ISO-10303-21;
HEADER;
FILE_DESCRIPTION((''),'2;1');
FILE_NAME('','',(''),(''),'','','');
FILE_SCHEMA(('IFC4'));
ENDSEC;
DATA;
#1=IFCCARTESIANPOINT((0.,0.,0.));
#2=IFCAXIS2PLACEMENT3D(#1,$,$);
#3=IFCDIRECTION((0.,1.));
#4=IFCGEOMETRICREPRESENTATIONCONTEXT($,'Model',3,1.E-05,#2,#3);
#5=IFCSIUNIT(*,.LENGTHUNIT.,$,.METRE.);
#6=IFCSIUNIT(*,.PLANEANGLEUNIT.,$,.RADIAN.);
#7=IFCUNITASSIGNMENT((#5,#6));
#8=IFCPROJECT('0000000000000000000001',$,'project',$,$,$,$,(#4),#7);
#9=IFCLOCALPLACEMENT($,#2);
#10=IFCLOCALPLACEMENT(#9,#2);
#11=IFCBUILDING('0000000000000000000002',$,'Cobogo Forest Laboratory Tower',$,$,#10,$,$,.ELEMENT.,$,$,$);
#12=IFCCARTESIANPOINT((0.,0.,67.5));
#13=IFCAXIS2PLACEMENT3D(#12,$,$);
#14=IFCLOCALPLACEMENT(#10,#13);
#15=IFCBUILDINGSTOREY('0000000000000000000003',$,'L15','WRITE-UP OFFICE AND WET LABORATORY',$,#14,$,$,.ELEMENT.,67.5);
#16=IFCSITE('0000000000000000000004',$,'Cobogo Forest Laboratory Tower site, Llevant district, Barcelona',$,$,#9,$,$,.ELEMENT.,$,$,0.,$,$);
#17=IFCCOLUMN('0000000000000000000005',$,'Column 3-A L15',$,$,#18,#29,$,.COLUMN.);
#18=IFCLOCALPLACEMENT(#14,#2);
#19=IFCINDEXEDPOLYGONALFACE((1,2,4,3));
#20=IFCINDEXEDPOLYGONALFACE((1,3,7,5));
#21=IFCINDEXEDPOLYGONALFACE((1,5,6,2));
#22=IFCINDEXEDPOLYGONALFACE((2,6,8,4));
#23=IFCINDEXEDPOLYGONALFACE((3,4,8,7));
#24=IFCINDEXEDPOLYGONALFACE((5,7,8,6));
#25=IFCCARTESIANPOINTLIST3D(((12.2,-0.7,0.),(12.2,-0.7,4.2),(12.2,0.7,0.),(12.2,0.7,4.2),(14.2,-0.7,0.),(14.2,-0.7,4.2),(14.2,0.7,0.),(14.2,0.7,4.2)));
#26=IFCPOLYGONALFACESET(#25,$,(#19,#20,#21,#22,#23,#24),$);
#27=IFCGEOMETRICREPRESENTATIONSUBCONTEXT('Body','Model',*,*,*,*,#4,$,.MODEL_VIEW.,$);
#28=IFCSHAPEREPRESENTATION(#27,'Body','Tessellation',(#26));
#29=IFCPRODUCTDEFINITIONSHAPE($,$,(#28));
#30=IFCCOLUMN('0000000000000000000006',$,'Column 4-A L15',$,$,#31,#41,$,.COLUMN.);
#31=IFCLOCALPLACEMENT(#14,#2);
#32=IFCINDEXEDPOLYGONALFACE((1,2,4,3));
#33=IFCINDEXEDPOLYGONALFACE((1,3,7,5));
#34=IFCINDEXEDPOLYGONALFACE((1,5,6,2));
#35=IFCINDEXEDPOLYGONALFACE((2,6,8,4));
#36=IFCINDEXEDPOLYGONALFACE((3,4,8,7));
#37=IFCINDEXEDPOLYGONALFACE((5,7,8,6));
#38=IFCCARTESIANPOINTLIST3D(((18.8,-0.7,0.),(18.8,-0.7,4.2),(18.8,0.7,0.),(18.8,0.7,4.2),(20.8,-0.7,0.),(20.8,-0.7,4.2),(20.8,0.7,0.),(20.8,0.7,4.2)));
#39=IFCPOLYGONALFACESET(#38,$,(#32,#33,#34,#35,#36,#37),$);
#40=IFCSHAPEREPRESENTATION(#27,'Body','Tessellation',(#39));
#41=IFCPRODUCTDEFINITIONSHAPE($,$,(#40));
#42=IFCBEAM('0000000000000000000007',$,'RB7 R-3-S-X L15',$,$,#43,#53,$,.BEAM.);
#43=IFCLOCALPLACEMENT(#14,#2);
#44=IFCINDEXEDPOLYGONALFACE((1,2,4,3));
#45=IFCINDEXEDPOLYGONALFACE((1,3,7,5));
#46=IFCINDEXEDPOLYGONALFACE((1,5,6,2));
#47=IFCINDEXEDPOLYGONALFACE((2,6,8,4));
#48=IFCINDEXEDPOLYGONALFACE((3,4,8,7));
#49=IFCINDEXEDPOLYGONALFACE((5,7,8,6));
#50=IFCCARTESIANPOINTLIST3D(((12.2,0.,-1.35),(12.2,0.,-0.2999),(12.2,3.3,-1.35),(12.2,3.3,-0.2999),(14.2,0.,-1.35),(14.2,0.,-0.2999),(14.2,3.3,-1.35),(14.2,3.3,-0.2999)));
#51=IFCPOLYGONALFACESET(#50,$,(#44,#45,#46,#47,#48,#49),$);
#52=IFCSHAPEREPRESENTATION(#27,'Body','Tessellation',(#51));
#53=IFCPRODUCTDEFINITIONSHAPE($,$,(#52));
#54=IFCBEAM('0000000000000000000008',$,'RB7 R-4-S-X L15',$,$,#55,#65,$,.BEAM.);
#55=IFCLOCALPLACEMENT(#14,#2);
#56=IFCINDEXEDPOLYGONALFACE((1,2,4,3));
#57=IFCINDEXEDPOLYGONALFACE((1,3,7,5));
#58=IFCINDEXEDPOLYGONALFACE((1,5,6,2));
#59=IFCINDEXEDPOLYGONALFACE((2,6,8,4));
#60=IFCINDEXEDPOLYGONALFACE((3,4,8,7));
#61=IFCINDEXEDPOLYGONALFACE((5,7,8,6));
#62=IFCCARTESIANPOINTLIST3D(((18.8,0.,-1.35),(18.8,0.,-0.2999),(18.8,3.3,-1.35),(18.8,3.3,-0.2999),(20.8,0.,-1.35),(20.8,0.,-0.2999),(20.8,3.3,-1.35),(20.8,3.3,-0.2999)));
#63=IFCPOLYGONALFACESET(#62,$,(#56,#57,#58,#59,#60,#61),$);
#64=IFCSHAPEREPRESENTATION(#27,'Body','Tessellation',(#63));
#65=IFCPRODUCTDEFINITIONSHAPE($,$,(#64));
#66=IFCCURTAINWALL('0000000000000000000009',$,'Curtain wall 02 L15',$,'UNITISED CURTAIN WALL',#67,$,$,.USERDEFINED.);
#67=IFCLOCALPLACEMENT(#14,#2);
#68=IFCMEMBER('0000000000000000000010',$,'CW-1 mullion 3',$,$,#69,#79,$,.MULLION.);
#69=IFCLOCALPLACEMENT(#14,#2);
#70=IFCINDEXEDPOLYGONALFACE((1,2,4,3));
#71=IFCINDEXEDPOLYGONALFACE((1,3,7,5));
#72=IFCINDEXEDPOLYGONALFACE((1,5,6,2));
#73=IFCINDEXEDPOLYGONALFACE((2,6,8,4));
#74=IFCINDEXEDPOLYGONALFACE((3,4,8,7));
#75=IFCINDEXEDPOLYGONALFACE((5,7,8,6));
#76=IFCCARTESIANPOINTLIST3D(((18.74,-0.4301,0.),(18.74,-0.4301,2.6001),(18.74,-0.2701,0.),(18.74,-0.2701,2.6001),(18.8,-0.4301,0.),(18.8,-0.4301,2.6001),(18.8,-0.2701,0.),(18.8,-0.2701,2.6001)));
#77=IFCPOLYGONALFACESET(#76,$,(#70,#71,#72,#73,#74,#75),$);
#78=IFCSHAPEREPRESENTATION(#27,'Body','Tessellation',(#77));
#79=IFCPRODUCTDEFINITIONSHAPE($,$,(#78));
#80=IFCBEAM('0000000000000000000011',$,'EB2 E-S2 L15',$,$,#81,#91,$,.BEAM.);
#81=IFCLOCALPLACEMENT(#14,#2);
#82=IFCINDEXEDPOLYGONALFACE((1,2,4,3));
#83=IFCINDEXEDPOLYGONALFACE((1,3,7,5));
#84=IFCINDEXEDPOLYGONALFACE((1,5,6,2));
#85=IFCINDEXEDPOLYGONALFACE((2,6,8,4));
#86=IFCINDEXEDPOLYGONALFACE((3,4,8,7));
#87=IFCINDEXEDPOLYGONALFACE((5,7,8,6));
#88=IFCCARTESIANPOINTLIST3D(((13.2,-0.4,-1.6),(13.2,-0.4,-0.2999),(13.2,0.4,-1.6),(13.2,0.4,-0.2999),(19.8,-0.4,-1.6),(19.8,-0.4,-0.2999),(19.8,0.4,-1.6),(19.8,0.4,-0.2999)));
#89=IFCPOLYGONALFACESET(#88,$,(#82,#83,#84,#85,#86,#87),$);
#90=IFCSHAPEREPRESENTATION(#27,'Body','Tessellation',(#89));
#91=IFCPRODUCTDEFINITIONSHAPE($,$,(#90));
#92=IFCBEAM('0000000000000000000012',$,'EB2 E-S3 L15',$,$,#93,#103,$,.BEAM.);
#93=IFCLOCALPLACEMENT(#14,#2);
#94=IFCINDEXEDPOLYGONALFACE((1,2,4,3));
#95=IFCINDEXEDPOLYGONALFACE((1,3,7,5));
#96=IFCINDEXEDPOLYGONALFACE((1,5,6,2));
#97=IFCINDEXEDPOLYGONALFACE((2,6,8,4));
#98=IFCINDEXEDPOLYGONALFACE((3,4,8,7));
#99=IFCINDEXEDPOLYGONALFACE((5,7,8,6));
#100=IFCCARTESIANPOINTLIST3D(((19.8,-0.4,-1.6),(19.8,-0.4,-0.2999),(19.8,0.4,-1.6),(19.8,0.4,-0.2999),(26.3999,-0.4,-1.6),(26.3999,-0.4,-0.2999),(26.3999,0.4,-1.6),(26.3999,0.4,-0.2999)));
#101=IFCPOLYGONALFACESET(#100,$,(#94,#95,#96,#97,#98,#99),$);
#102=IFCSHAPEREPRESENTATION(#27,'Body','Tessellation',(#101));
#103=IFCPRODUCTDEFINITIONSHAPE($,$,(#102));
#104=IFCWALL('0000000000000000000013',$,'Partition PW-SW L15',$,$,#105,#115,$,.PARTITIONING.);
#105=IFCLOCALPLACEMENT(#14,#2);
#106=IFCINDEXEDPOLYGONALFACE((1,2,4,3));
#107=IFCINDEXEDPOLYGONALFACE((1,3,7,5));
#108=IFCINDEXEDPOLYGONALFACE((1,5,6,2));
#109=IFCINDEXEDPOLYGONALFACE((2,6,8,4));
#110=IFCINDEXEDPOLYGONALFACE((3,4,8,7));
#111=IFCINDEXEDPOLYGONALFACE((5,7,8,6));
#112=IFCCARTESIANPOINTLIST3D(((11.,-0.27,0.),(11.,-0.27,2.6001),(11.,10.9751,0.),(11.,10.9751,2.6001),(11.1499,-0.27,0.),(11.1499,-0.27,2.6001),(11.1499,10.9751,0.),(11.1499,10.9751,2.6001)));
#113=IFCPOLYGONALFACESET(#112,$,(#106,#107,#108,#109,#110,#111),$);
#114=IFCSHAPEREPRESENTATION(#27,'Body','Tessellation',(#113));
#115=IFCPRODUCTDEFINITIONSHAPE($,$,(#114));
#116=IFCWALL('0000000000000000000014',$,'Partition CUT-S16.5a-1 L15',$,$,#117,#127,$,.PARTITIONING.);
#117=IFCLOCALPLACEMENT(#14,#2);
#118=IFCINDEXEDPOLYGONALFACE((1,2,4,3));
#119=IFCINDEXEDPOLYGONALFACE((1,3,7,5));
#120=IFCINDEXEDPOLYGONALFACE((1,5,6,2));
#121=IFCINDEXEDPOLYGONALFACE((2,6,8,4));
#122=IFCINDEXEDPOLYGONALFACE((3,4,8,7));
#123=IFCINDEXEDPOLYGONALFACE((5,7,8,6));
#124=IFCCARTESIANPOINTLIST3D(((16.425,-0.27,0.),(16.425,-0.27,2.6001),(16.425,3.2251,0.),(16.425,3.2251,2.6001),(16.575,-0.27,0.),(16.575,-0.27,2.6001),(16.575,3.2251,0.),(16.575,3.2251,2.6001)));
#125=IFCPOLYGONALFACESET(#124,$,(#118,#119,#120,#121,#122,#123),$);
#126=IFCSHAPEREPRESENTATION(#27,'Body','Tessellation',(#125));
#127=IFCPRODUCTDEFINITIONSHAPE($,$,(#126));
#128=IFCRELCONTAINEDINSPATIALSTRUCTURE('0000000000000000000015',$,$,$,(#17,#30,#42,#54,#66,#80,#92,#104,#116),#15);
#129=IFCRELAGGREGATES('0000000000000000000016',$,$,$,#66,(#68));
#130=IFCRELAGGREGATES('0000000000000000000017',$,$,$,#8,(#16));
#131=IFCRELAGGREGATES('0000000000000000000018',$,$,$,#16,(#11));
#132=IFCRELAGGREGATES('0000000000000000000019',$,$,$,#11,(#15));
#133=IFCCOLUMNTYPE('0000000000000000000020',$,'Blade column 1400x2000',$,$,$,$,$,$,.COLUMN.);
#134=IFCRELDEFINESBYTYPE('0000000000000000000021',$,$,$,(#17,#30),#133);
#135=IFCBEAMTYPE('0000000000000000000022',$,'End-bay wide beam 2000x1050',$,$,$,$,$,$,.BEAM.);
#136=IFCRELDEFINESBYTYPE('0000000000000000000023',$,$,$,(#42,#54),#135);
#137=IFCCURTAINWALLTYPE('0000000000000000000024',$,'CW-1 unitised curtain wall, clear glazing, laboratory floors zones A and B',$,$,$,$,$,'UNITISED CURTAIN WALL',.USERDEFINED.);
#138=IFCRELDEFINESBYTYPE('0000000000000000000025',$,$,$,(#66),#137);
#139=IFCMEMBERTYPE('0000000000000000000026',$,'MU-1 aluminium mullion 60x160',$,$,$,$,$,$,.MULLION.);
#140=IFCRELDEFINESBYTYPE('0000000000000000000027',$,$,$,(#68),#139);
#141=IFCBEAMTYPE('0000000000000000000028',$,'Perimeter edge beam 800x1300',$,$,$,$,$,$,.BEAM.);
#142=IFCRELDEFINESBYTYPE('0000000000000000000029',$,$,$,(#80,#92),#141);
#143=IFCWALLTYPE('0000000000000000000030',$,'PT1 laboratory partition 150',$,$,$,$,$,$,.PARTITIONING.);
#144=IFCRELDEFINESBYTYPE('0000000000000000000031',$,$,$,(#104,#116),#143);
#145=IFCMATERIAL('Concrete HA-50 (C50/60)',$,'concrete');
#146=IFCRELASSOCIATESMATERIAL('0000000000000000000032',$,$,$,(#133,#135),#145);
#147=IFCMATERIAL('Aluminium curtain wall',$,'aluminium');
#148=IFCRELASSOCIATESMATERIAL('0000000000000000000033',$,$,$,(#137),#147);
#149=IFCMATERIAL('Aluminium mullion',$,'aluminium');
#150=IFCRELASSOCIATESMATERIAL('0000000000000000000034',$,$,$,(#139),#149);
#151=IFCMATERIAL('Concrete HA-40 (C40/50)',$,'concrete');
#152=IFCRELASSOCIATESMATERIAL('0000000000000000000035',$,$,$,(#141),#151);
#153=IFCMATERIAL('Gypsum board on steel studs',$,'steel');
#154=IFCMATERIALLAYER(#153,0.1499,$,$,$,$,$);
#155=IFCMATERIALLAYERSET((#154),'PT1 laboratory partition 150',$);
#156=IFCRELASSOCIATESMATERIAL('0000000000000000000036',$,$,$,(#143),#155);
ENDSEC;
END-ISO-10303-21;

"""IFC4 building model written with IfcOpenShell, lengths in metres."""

from ifc_helpers import new_model, si_unit, direction, frame, frame_2d, origin, origin_2d, place, context, subcontext, project, spatial, rectangle, extrude, material, layer, layer_set, material_profile, profile_set, type_object, element, aggregate, save


model = new_model("IFC4")

# Units and contexts
model_context = context("Model", 3, precision=1e-05, world=origin(), true_north=direction((0.0, 1.0)))
body_context = subcontext(model_context, "Body", "Model", "MODEL_VIEW")
ifc_project = project(units=[si_unit("LENGTHUNIT", "METRE"), si_unit("PLANEANGLEUNIT", "RADIAN")], contexts=[model_context])

# Site, building, storey
site_placement = place(None, origin())
site = spatial("IfcSite", under=ifc_project, at=site_placement, Name="Cobogo Forest Laboratory Tower site, Llevant district, Barcelona", CompositionType="ELEMENT", RefElevation=0.0)
building_placement = place(site_placement, origin())
building = spatial("IfcBuilding", under=site, at=building_placement, Name="Cobogo Forest Laboratory Tower", CompositionType="ELEMENT")
storey_placement = place(building_placement, frame((0.0, 0.0, 67.5)))
storey = spatial("IfcBuildingStorey", under=building, at=storey_placement, Name="L15", Description="WRITE-UP OFFICE AND WET LABORATORY", CompositionType="ELEMENT", Elevation=67.5)

# Columns
ifc_material_1 = material(Name="Concrete HA-50 (C50/60)", Category="concrete")
ifc_material_profile_1 = material_profile(ifc_material_1, rectangle(XDim=2.0, YDim=1.3999, at=origin_2d()), Name="RC 1400x2000")
ifc_profile_set_1 = profile_set([ifc_material_profile_1], Name="Concrete HA-50 (C50/60)")
column_type = type_object("IfcColumnType", Name="Blade column 1400x2000", PredefinedType="COLUMN", material=ifc_profile_set_1)
for number, where, z_axis, x_axis, name in (
    (1, (13.2, 0.0, 0.0), (0.0, 0.0, 1.0), (1.0, 0.0, 0.0), "Column 3-A L15"),
    (2, (19.8, 0.0, 0.0), (0.0, 0.0, 1.0), (1.0, 0.0, 0.0), "Column 4-A L15"),
):
    element("IfcColumn", number, at=place(storey_placement, frame(where, z_axis=z_axis, x_axis=x_axis)), inside=storey, type_object=column_type, Name=name, PredefinedType="COLUMN", context=body_context, shape_type="SweptSolid", body=[
        extrude(rectangle(XDim=2.0, YDim=1.3999, at=origin_2d()), origin(), (0.0, 0.0, 1.0), 4.2),
    ])

# Beams
ifc_material_profile_2 = material_profile(ifc_material_1, rectangle(XDim=2.0, YDim=1.05, at=origin_2d()), Name="RC 2000x1050")
ifc_profile_set_2 = profile_set([ifc_material_profile_2], Name="Concrete HA-50 (C50/60)")
beam_type_1 = type_object("IfcBeamType", Name="End-bay wide beam 2000x1050", PredefinedType="BEAM", material=ifc_profile_set_2)
for number, where, z_axis, x_axis, name in (
    (3, (13.2, 0.0, -0.825), (0.0, 1.0, 0.0), (-1.0, 0.0, 0.0), "RB7 R-3-S-X L15"),
    (4, (19.8, 0.0, -0.825), (0.0, 1.0, 0.0), (-1.0, 0.0, 0.0), "RB7 R-4-S-X L15"),
):
    element("IfcBeam", number, at=place(storey_placement, frame(where, z_axis=z_axis, x_axis=x_axis)), inside=storey, type_object=beam_type_1, Name=name, PredefinedType="BEAM", context=body_context, shape_type="SweptSolid", body=[
        extrude(rectangle(XDim=2.0, YDim=1.05, at=origin_2d()), origin(), (0.0, 0.0, 1.0), 3.3),
    ])

# Curtain wall, member
ifc_material_2 = material(Name="Aluminium curtain wall", Category="aluminium")
curtain_wall_type = type_object("IfcCurtainWallType", Name="CW-1 unitised curtain wall, clear glazing, laboratory floors zones A and B", ElementType="UNITISED CURTAIN WALL", PredefinedType="USERDEFINED", material=ifc_material_2)
curtain_wall_placement = place(storey_placement, origin())
curtain_wall = element("IfcCurtainWall", 5, at=curtain_wall_placement, inside=storey, type_object=curtain_wall_type, Name="Curtain wall 02 L15", ObjectType="UNITISED CURTAIN WALL", PredefinedType="USERDEFINED")
ifc_material_3 = material(Name="Aluminium mullion", Category="aluminium")
ifc_material_profile_3 = material_profile(ifc_material_3, rectangle(XDim=0.0601, YDim=0.1599, at=origin_2d()), Name="AL 60x160")
ifc_profile_set_3 = profile_set([ifc_material_profile_3], Name="Aluminium mullion")
member_type = type_object("IfcMemberType", Name="MU-1 aluminium mullion 60x160", PredefinedType="MULLION", material=ifc_profile_set_3)
member_placement = place(storey_placement, frame((18.77, -0.3501, 0.0), z_axis=(0.0, 0.0, 1.0), x_axis=(1.0, 0.0, 0.0)))
member = element("IfcMember", 6, at=member_placement, type_object=member_type, Name="CW-1 mullion 3", PredefinedType="MULLION", context=body_context, shape_type="SweptSolid", body=[
    extrude(rectangle(XDim=0.0601, YDim=0.1599, at=origin_2d()), origin(), (0.0, 0.0, 1.0), 2.6001),
])
aggregate(curtain_wall, [member])

# Beams
ifc_material_4 = material(Name="Concrete HA-40 (C40/50)", Category="concrete")
ifc_material_profile_4 = material_profile(ifc_material_4, rectangle(XDim=0.8, YDim=1.3, at=origin_2d()), Name="RC 800x1300")
ifc_profile_set_4 = profile_set([ifc_material_profile_4], Name="Concrete HA-40 (C40/50)")
beam_type_2 = type_object("IfcBeamType", Name="Perimeter edge beam 800x1300", PredefinedType="BEAM", material=ifc_profile_set_4)
beam_1_placement = place(storey_placement, frame((13.2, 0.0, -0.95), z_axis=(1.0, 0.0, 0.0), x_axis=(0.0, 1.0, 0.0)))
element("IfcBeam", 7, at=beam_1_placement, inside=storey, type_object=beam_type_2, Name="EB2 E-S2 L15", PredefinedType="BEAM", context=body_context, shape_type="SweptSolid", body=[
    extrude(rectangle(XDim=0.8, YDim=1.3, at=origin_2d()), origin(), (0.0, 0.0, 1.0), 6.6001),
])
beam_2_placement = place(storey_placement, frame((19.8, 0.0, -0.95), z_axis=(1.0, 0.0, 0.0), x_axis=(0.0, 1.0, 0.0)))
element("IfcBeam", 8, at=beam_2_placement, inside=storey, type_object=beam_type_2, Name="EB2 E-S3 L15", PredefinedType="BEAM", context=body_context, shape_type="SweptSolid", body=[
    extrude(rectangle(XDim=0.8, YDim=1.3, at=origin_2d()), origin(), (0.0, 0.0, 1.0), 6.5999),
])

# Walls
ifc_material_5 = material(Name="Gypsum board on steel studs", Category="steel")
ifc_layer = layer(ifc_material_5, 0.1499)
ifc_layer_set = layer_set([ifc_layer], Name="PT1 laboratory partition 150")
wall_type = type_object("IfcWallType", Name="PT1 laboratory partition 150", PredefinedType="PARTITIONING", material=ifc_layer_set)
wall_1_placement = place(storey_placement, frame((11.075, -0.27, 0.0), z_axis=(0.0, 0.0, 1.0), x_axis=(0.0, 1.0, 0.0)))
element("IfcWall", 9, at=wall_1_placement, inside=storey, type_object=wall_type, Name="Partition PW-SW L15", PredefinedType="PARTITIONING", context=body_context, shape_type="SweptSolid", body=[
    extrude(rectangle(XDim=11.2451, YDim=0.1499, at=frame_2d((5.6226, 0.0))), origin(), (0.0, 0.0, 1.0), 2.6001),
])
wall_2_placement = place(storey_placement, frame((16.5, -0.27, 0.0), z_axis=(0.0, 0.0, 1.0), x_axis=(0.0, 1.0, 0.0)))
element("IfcWall", 10, at=wall_2_placement, inside=storey, type_object=wall_type, Name="Partition CUT-S16.5a-1 L15", PredefinedType="PARTITIONING", context=body_context, shape_type="SweptSolid", body=[
    extrude(rectangle(XDim=3.4951, YDim=0.1499, at=frame_2d((1.7476, 0.0))), origin(), (0.0, 0.0, 1.0), 2.6001),
])

save(model, "model.ifc")
